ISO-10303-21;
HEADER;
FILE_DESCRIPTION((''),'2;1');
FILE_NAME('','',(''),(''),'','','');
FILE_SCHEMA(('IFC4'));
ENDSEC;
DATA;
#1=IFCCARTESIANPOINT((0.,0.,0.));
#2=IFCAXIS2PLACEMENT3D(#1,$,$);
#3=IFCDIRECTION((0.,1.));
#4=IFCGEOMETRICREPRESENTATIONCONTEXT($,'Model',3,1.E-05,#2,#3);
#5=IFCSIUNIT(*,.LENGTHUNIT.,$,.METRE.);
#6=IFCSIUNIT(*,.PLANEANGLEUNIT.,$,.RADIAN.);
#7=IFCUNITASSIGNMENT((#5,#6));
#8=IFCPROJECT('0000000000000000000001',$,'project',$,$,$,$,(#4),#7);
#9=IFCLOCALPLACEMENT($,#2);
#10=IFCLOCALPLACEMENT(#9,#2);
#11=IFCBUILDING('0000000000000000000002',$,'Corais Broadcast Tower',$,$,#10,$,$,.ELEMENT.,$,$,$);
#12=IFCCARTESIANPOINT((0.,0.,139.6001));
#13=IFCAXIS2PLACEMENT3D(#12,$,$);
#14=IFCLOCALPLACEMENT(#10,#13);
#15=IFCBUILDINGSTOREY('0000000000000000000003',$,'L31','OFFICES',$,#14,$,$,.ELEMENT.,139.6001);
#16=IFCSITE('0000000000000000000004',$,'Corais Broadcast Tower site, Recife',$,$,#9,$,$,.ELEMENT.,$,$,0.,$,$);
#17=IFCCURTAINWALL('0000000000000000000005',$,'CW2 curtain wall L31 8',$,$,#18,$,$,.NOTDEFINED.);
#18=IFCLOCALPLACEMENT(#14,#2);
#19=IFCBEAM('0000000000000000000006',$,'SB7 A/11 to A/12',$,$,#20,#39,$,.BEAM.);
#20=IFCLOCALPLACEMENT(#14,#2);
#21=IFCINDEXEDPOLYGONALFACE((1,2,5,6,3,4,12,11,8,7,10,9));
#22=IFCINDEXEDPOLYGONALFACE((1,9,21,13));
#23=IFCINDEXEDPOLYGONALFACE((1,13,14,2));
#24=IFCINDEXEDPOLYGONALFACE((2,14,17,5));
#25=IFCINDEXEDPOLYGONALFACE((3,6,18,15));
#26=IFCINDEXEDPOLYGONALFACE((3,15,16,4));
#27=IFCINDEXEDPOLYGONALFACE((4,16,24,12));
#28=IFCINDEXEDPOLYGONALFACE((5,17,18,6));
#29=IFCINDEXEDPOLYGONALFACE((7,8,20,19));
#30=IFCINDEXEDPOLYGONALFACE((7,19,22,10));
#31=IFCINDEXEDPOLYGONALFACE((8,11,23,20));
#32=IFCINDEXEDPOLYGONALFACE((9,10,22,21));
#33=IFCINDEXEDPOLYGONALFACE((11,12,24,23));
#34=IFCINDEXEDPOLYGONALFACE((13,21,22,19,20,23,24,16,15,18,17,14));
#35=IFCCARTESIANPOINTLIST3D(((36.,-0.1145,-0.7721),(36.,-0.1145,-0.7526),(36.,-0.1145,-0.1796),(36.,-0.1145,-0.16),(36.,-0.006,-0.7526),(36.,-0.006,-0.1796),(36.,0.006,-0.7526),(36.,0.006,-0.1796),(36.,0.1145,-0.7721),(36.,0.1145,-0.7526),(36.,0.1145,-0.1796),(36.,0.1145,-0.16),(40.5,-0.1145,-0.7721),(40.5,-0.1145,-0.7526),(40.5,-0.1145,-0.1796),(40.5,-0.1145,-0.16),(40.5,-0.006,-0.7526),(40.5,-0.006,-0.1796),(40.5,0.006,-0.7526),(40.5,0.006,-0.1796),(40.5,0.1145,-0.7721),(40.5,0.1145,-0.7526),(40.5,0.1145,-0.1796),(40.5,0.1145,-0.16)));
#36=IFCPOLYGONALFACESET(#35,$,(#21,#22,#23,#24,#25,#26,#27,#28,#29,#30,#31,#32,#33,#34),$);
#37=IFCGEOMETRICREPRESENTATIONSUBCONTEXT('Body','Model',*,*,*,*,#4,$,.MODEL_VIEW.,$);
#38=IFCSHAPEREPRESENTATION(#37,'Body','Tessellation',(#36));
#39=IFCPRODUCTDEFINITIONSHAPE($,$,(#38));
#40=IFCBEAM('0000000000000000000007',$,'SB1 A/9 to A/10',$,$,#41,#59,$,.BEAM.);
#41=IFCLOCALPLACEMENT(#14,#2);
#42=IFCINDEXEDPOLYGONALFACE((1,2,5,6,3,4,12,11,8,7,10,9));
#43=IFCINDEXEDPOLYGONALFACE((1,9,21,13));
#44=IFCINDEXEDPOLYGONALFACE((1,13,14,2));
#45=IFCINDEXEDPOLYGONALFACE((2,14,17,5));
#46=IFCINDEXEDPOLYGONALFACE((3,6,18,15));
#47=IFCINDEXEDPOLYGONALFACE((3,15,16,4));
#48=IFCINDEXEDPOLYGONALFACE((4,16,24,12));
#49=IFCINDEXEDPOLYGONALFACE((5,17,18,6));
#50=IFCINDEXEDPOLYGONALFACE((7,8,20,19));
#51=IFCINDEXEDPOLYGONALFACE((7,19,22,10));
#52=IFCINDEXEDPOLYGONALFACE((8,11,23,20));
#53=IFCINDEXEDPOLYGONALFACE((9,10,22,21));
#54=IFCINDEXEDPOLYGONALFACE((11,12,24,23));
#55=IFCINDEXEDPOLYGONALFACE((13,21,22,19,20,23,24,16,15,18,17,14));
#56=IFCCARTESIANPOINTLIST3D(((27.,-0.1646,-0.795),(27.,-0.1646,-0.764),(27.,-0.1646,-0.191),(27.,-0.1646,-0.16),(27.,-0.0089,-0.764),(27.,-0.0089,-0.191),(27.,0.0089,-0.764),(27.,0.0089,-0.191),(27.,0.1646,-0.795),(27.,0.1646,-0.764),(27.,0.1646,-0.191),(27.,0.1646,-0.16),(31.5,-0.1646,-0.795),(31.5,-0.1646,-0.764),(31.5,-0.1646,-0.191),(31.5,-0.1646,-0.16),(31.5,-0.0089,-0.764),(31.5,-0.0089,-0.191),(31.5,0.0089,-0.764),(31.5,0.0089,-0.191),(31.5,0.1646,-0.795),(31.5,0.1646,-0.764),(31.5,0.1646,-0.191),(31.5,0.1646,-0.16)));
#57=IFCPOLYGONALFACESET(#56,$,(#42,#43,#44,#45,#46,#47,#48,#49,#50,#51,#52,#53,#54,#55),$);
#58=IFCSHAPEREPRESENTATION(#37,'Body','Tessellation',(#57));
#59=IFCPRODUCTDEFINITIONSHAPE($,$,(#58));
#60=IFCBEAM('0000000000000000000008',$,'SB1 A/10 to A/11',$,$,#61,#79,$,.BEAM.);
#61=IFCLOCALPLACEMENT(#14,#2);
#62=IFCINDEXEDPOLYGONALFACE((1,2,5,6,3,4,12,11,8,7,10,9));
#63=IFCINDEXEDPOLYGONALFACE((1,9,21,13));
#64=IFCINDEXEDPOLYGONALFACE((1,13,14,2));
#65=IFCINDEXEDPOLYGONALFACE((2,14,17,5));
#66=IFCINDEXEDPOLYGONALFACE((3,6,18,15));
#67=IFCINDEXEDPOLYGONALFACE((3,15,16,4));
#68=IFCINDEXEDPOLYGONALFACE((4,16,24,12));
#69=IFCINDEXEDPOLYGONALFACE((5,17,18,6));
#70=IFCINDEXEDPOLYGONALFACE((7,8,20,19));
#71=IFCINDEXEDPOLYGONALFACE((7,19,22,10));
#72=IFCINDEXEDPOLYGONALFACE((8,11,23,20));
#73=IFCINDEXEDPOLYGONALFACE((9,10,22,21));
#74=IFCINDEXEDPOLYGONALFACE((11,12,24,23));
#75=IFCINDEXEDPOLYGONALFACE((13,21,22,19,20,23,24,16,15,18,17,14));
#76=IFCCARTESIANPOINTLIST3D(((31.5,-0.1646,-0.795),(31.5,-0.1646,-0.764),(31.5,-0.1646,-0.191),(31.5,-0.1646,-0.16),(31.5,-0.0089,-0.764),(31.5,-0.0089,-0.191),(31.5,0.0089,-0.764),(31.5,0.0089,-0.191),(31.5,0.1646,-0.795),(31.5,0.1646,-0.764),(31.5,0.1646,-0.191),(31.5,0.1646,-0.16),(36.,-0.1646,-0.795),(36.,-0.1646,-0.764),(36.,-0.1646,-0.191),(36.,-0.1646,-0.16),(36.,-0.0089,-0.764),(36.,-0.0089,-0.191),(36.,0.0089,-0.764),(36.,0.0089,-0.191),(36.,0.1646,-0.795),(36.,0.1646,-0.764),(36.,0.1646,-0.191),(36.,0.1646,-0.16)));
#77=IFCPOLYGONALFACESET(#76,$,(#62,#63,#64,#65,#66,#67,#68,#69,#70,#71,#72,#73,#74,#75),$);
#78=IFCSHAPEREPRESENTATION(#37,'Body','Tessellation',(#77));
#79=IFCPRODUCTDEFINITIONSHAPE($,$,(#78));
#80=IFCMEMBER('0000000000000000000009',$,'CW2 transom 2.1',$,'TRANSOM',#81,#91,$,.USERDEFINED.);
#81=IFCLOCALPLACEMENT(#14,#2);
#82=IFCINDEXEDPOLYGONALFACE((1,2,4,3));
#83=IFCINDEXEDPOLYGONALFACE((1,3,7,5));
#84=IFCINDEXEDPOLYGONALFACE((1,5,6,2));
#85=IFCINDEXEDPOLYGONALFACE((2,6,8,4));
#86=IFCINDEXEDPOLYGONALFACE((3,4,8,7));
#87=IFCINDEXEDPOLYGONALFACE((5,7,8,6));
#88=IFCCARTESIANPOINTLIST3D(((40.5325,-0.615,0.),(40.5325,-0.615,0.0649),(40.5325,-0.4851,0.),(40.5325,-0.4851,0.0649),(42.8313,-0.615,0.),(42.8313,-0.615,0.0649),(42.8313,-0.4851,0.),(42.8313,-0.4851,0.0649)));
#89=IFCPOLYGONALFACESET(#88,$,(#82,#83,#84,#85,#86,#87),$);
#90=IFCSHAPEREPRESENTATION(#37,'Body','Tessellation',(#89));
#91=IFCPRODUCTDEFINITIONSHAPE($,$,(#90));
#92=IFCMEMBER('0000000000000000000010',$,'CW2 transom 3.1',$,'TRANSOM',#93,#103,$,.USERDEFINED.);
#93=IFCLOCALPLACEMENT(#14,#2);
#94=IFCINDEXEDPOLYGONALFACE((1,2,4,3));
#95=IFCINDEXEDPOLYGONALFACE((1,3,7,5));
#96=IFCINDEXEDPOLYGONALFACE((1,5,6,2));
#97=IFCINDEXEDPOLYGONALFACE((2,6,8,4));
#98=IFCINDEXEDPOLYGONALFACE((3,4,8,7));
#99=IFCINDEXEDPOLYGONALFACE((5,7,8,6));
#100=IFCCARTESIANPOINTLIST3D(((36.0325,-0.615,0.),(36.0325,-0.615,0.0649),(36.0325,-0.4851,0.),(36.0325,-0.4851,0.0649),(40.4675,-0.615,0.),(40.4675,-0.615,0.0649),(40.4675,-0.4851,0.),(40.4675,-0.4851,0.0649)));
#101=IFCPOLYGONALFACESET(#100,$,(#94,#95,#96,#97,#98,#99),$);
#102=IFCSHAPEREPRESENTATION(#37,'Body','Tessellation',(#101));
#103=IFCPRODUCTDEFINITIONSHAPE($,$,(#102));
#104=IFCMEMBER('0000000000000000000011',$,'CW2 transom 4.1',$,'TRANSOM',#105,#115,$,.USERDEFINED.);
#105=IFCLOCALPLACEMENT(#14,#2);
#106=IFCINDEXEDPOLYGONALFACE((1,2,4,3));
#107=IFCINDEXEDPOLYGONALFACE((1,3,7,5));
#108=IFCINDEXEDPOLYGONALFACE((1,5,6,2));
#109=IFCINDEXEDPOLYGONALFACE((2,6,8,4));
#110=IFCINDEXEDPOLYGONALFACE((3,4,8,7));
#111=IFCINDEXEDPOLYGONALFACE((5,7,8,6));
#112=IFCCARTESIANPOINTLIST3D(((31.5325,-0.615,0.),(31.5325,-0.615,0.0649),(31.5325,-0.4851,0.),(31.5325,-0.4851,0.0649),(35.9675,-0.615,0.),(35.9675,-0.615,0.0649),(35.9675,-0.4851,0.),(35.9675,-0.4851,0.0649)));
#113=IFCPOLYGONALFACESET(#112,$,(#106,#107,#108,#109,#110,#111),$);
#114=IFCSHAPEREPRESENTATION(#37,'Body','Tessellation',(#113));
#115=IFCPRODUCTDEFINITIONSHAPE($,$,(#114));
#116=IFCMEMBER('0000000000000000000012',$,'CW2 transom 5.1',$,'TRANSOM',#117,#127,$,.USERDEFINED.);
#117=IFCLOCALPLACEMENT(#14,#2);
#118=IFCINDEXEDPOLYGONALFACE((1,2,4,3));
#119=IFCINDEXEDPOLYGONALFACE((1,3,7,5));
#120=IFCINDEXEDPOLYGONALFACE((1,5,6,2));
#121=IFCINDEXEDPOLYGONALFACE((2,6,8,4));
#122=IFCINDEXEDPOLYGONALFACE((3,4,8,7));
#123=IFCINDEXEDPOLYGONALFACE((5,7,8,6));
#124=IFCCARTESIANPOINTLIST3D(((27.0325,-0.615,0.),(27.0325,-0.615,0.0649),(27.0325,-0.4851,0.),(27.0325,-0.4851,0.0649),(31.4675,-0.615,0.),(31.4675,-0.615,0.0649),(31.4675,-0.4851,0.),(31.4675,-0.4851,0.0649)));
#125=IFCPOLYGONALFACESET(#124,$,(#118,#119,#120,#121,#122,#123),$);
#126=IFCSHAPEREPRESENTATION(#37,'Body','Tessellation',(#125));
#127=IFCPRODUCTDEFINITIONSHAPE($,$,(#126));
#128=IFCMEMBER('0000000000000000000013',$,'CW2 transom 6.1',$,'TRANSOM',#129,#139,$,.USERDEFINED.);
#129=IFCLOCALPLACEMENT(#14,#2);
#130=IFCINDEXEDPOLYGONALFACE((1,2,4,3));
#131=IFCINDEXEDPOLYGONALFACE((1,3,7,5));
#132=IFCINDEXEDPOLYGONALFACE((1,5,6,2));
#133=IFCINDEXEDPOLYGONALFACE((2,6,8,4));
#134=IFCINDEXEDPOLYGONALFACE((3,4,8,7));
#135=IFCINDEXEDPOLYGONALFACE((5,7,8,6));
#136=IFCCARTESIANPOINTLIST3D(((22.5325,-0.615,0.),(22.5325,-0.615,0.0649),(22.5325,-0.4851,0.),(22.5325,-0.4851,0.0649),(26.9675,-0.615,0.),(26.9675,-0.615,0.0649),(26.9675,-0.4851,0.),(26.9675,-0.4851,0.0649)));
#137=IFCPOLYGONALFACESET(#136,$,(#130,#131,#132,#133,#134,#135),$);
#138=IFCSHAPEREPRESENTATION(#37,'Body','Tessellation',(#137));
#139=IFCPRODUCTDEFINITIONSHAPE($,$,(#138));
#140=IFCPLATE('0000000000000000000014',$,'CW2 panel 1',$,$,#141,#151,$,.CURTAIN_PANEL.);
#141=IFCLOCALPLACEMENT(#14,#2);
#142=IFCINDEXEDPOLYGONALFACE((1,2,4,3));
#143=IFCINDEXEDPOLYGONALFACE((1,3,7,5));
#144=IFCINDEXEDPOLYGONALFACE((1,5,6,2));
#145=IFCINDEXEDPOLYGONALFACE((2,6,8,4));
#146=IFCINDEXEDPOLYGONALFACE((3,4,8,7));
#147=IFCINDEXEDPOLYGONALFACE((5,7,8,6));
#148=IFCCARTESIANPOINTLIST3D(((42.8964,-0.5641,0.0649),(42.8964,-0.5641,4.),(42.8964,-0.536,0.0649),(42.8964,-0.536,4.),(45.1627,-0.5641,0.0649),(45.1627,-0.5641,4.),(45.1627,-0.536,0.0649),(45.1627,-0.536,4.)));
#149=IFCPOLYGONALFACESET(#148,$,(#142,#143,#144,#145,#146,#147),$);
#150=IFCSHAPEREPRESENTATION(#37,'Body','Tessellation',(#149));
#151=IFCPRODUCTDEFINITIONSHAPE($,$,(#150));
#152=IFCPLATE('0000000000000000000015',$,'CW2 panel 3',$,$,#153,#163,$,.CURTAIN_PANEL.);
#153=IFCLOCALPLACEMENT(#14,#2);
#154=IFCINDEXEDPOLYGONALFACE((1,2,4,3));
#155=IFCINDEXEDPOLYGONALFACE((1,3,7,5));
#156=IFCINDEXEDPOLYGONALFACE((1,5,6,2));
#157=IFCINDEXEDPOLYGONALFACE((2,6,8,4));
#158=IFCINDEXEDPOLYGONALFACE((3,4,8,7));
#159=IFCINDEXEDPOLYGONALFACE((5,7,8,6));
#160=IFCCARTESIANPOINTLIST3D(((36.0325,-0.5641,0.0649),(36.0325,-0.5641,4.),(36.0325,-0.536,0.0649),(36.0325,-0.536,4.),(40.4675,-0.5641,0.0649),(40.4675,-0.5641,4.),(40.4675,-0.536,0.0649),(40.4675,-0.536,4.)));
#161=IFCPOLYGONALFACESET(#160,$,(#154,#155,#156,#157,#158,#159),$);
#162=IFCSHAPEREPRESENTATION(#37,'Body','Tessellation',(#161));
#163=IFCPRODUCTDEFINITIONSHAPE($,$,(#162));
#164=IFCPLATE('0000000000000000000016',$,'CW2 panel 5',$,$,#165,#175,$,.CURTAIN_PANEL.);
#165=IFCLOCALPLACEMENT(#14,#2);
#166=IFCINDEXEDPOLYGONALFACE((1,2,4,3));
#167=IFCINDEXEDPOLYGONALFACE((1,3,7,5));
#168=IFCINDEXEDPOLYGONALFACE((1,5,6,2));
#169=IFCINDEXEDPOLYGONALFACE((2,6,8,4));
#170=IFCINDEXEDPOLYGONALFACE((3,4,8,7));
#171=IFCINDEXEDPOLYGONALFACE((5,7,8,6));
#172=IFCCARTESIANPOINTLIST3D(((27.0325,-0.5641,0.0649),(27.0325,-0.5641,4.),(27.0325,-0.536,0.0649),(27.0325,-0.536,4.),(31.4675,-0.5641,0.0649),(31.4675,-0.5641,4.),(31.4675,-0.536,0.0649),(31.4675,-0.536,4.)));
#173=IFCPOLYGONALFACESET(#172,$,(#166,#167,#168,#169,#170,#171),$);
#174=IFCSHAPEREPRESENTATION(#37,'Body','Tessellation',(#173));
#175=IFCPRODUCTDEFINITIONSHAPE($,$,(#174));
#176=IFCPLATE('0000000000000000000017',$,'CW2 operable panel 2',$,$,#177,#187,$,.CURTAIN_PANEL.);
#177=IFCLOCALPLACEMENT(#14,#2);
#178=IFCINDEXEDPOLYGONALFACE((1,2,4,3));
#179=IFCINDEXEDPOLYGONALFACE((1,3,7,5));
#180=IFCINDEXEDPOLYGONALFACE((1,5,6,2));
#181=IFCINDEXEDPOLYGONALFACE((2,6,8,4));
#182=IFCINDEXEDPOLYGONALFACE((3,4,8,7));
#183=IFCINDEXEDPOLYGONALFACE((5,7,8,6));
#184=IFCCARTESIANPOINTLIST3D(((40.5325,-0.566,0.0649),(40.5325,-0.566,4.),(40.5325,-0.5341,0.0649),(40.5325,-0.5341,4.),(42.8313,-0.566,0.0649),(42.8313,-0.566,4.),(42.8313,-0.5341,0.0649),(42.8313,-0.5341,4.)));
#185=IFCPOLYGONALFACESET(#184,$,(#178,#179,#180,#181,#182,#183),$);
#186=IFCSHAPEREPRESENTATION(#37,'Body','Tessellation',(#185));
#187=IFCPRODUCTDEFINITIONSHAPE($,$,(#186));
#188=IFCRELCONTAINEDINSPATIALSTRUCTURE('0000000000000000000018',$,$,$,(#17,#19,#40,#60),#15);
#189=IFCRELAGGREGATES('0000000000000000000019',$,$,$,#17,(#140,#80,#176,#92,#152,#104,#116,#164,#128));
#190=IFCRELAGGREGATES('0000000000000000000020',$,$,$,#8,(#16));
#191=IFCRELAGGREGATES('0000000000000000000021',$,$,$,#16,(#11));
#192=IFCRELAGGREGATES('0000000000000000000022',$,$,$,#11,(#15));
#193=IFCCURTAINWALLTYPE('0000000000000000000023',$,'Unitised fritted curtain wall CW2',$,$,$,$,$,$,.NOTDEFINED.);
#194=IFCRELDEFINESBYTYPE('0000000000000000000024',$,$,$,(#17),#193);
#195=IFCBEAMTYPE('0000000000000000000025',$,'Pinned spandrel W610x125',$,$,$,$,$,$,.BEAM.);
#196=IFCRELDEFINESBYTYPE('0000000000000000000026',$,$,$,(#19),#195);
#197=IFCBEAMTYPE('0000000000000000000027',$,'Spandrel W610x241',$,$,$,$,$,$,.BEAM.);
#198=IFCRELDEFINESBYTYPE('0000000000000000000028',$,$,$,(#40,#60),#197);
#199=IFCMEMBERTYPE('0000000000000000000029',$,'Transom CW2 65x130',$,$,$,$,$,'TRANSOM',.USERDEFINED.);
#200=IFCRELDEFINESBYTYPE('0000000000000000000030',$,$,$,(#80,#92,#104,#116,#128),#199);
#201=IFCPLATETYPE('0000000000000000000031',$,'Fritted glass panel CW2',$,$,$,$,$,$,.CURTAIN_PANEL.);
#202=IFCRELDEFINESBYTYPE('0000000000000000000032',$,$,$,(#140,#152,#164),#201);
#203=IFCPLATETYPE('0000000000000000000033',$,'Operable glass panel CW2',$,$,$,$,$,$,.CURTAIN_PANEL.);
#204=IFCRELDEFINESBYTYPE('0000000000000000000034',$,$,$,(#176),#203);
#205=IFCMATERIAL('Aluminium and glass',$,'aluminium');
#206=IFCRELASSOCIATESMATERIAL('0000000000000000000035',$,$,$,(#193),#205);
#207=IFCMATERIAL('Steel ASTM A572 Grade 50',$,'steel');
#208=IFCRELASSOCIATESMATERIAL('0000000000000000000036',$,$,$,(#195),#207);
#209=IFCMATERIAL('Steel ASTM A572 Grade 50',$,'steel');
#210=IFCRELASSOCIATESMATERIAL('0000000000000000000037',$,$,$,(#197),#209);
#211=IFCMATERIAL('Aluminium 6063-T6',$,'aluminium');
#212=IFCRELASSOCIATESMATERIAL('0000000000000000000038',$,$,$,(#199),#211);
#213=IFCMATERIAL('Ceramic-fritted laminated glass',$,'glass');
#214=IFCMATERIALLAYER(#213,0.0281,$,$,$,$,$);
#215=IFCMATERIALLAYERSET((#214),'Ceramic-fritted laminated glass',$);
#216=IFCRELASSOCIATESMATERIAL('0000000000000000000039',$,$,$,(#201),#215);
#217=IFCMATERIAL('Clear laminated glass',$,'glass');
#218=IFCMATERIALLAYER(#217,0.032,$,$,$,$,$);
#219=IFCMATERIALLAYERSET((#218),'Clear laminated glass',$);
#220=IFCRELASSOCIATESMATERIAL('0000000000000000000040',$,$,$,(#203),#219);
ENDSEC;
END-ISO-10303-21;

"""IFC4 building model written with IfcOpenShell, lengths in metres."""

from ifc_helpers import new_model, si_unit, direction, frame, origin, origin_2d, place, context, subcontext, project, spatial, rectangle, i_section, extrude, material, layer, layer_set, material_profile, profile_set, type_object, element, aggregate, save


model = new_model("IFC4")

# Units and contexts
model_context = context("Model", 3, precision=1e-05, world=origin(), true_north=direction((0.0, 1.0)))
body_context = subcontext(model_context, "Body", "Model", "MODEL_VIEW")
ifc_project = project(units=[si_unit("LENGTHUNIT", "METRE"), si_unit("PLANEANGLEUNIT", "RADIAN")], contexts=[model_context])

# Site, building, storey
site_placement = place(None, origin())
site = spatial("IfcSite", under=ifc_project, at=site_placement, Name="Corais Broadcast Tower site, Recife", CompositionType="ELEMENT", RefElevation=0.0)
building_placement = place(site_placement, origin())
building = spatial("IfcBuilding", under=site, at=building_placement, Name="Corais Broadcast Tower", CompositionType="ELEMENT")
storey_placement = place(building_placement, frame((0.0, 0.0, 139.6001)))
storey = spatial("IfcBuildingStorey", under=building, at=storey_placement, Name="L31", Description="OFFICES", CompositionType="ELEMENT", Elevation=139.6001)

# Curtain wall
ifc_material_1 = material(Name="Aluminium and glass", Category="aluminium")
curtain_wall_type = type_object("IfcCurtainWallType", Name="Unitised fritted curtain wall CW2", PredefinedType="NOTDEFINED", material=ifc_material_1)
curtain_wall_placement = place(storey_placement, origin())
curtain_wall = element("IfcCurtainWall", 1, at=curtain_wall_placement, inside=storey, type_object=curtain_wall_type, Name="CW2 curtain wall L31 8", PredefinedType="NOTDEFINED")

# Beams
ifc_material_2 = material(Name="Steel ASTM A572 Grade 50", Category="steel")
ifc_material_profile_1 = material_profile(ifc_material_2, i_section(OverallWidth=0.229, OverallDepth=0.6121, WebThickness=0.012, FlangeThickness=0.0195, at=origin_2d()), Name="W610x125")
ifc_profile_set_1 = profile_set([ifc_material_profile_1], Name="Steel ASTM A572 Grade 50")
beam_type_1 = type_object("IfcBeamType", Name="Pinned spandrel W610x125", PredefinedType="BEAM", material=ifc_profile_set_1)
beam_placement = place(storey_placement, frame((36.0, 0.0, -0.4661), z_axis=(1.0, 0.0, 0.0), x_axis=(0.0, 1.0, 0.0)))
element("IfcBeam", 2, at=beam_placement, inside=storey, type_object=beam_type_1, Name="SB7 A/11 to A/12", PredefinedType="BEAM", context=body_context, shape_type="SweptSolid", body=[
    extrude(i_section(OverallWidth=0.229, OverallDepth=0.6121, WebThickness=0.012, FlangeThickness=0.0195, at=origin_2d()), origin(), (0.0, 0.0, 1.0), 4.5),
])
ifc_material_3 = material(Name="Steel ASTM A572 Grade 50", Category="steel")
ifc_material_profile_2 = material_profile(ifc_material_3, i_section(OverallWidth=0.3291, OverallDepth=0.635, WebThickness=0.0178, FlangeThickness=0.031, at=origin_2d()), Name="W610x241")
ifc_profile_set_2 = profile_set([ifc_material_profile_2], Name="Steel ASTM A572 Grade 50")
beam_type_2 = type_object("IfcBeamType", Name="Spandrel W610x241", PredefinedType="BEAM", material=ifc_profile_set_2)
for number, where, z_axis, x_axis, name in (
    (3, (27.0, 0.0, -0.4775), (1.0, 0.0, 0.0), (0.0, 1.0, 0.0), "SB1 A/9 to A/10"),
    (4, (31.5, 0.0, -0.4775), (1.0, 0.0, 0.0), (0.0, 1.0, 0.0), "SB1 A/10 to A/11"),
):
    element("IfcBeam", number, at=place(storey_placement, frame(where, z_axis=z_axis, x_axis=x_axis)), inside=storey, type_object=beam_type_2, Name=name, PredefinedType="BEAM", context=body_context, shape_type="SweptSolid", body=[
        extrude(i_section(OverallWidth=0.3291, OverallDepth=0.635, WebThickness=0.0178, FlangeThickness=0.031, at=origin_2d()), origin(), (0.0, 0.0, 1.0), 4.5),
    ])

# Members
ifc_material_4 = material(Name="Aluminium 6063-T6", Category="aluminium")
ifc_material_profile_3 = material_profile(ifc_material_4, rectangle(XDim=0.1299, YDim=0.0649, at=origin_2d()), Name="Transom CW2 65x130")
ifc_profile_set_3 = profile_set([ifc_material_profile_3], Name="Aluminium 6063-T6")
member_type_1 = type_object("IfcMemberType", Name="Transom CW2 65x130", ElementType="TRANSOM", PredefinedType="USERDEFINED", material=ifc_profile_set_3)
member_1_placement = place(storey_placement, frame((42.8313, -0.55, 0.0325), z_axis=(-1.0, 0.0, 0.0), x_axis=(0.0, -1.0, 0.0)))
member_1 = element("IfcMember", 5, at=member_1_placement, type_object=member_type_1, Name="CW2 transom 2.1", ObjectType="TRANSOM", PredefinedType="USERDEFINED", context=body_context, shape_type="SweptSolid", body=[
    extrude(rectangle(XDim=0.1299, YDim=0.0649, at=origin_2d()), origin(), (0.0, 0.0, 1.0), 2.2988),
])
member_2_placement = place(storey_placement, frame((40.4675, -0.55, 0.0325), z_axis=(-1.0, 0.0, 0.0), x_axis=(0.0, -1.0, 0.0)))
member_2 = element("IfcMember", 6, at=member_2_placement, type_object=member_type_1, Name="CW2 transom 3.1", ObjectType="TRANSOM", PredefinedType="USERDEFINED", context=body_context, shape_type="SweptSolid", body=[
    extrude(rectangle(XDim=0.1299, YDim=0.0649, at=origin_2d()), origin(), (0.0, 0.0, 1.0), 4.4351),
])
member_3_placement = place(storey_placement, frame((35.9675, -0.55, 0.0325), z_axis=(-1.0, 0.0, 0.0), x_axis=(0.0, -1.0, 0.0)))
member_3 = element("IfcMember", 7, at=member_3_placement, type_object=member_type_1, Name="CW2 transom 4.1", ObjectType="TRANSOM", PredefinedType="USERDEFINED", context=body_context, shape_type="SweptSolid", body=[
    extrude(rectangle(XDim=0.1299, YDim=0.0649, at=origin_2d()), origin(), (0.0, 0.0, 1.0), 4.4351),
])
member_4_placement = place(storey_placement, frame((31.4675, -0.55, 0.0325), z_axis=(-1.0, 0.0, 0.0), x_axis=(0.0, -1.0, 0.0)))
member_4 = element("IfcMember", 8, at=member_4_placement, type_object=member_type_1, Name="CW2 transom 5.1", ObjectType="TRANSOM", PredefinedType="USERDEFINED", context=body_context, shape_type="SweptSolid", body=[
    extrude(rectangle(XDim=0.1299, YDim=0.0649, at=origin_2d()), origin(), (0.0, 0.0, 1.0), 4.4351),
])
member_5_placement = place(storey_placement, frame((26.9675, -0.55, 0.0325), z_axis=(-1.0, 0.0, 0.0), x_axis=(0.0, -1.0, 0.0)))
member_5 = element("IfcMember", 9, at=member_5_placement, type_object=member_type_1, Name="CW2 transom 6.1", ObjectType="TRANSOM", PredefinedType="USERDEFINED", context=body_context, shape_type="SweptSolid", body=[
    extrude(rectangle(XDim=0.1299, YDim=0.0649, at=origin_2d()), origin(), (0.0, 0.0, 1.0), 4.4351),
])

# Plates
ifc_material_5 = material(Name="Ceramic-fritted laminated glass", Category="glass")
ifc_layer_1 = layer(ifc_material_5, 0.0281)
ifc_layer_set_1 = layer_set([ifc_layer_1], Name="Ceramic-fritted laminated glass")
plate_type_1 = type_object("IfcPlateType", Name="Fritted glass panel CW2", PredefinedType="CURTAIN_PANEL", material=ifc_layer_set_1)
plate_1_placement = place(storey_placement, frame((44.0295, -0.55, 0.0649), z_axis=(0.0, 0.0, 1.0), x_axis=(-1.0, 0.0, 0.0)))
plate_1 = element("IfcPlate", 10, at=plate_1_placement, type_object=plate_type_1, Name="CW2 panel 1", PredefinedType="CURTAIN_PANEL", context=body_context, shape_type="SweptSolid", body=[
    extrude(rectangle(XDim=2.2664, YDim=0.0281, at=origin_2d()), origin(), (0.0, 0.0, 1.0), 3.9351),
])
plate_2_placement = place(storey_placement, frame((38.25, -0.55, 0.0649), z_axis=(0.0, 0.0, 1.0), x_axis=(-1.0, 0.0, 0.0)))
plate_2 = element("IfcPlate", 11, at=plate_2_placement, type_object=plate_type_1, Name="CW2 panel 3", PredefinedType="CURTAIN_PANEL", context=body_context, shape_type="SweptSolid", body=[
    extrude(rectangle(XDim=4.4351, YDim=0.0281, at=origin_2d()), origin(), (0.0, 0.0, 1.0), 3.9351),
])
plate_3_placement = place(storey_placement, frame((29.25, -0.55, 0.0649), z_axis=(0.0, 0.0, 1.0), x_axis=(-1.0, 0.0, 0.0)))
plate_3 = element("IfcPlate", 12, at=plate_3_placement, type_object=plate_type_1, Name="CW2 panel 5", PredefinedType="CURTAIN_PANEL", context=body_context, shape_type="SweptSolid", body=[
    extrude(rectangle(XDim=4.4351, YDim=0.0281, at=origin_2d()), origin(), (0.0, 0.0, 1.0), 3.9351),
])
ifc_material_6 = material(Name="Clear laminated glass", Category="glass")
ifc_layer_2 = layer(ifc_material_6, 0.032)
ifc_layer_set_2 = layer_set([ifc_layer_2], Name="Clear laminated glass")
plate_type_2 = type_object("IfcPlateType", Name="Operable glass panel CW2", PredefinedType="CURTAIN_PANEL", material=ifc_layer_set_2)
plate_4_placement = place(storey_placement, frame((41.6819, -0.55, 0.0649), z_axis=(0.0, 0.0, 1.0), x_axis=(-1.0, 0.0, 0.0)))
plate_4 = element("IfcPlate", 13, at=plate_4_placement, type_object=plate_type_2, Name="CW2 operable panel 2", PredefinedType="CURTAIN_PANEL", context=body_context, shape_type="SweptSolid", body=[
    extrude(rectangle(XDim=2.2988, YDim=0.032, at=origin_2d()), origin(), (0.0, 0.0, 1.0), 3.9351),
])
aggregate(curtain_wall, [plate_1, member_1, plate_4, member_2, plate_2, member_3, member_4, plate_3, member_5])

save(model, "model.ifc")
